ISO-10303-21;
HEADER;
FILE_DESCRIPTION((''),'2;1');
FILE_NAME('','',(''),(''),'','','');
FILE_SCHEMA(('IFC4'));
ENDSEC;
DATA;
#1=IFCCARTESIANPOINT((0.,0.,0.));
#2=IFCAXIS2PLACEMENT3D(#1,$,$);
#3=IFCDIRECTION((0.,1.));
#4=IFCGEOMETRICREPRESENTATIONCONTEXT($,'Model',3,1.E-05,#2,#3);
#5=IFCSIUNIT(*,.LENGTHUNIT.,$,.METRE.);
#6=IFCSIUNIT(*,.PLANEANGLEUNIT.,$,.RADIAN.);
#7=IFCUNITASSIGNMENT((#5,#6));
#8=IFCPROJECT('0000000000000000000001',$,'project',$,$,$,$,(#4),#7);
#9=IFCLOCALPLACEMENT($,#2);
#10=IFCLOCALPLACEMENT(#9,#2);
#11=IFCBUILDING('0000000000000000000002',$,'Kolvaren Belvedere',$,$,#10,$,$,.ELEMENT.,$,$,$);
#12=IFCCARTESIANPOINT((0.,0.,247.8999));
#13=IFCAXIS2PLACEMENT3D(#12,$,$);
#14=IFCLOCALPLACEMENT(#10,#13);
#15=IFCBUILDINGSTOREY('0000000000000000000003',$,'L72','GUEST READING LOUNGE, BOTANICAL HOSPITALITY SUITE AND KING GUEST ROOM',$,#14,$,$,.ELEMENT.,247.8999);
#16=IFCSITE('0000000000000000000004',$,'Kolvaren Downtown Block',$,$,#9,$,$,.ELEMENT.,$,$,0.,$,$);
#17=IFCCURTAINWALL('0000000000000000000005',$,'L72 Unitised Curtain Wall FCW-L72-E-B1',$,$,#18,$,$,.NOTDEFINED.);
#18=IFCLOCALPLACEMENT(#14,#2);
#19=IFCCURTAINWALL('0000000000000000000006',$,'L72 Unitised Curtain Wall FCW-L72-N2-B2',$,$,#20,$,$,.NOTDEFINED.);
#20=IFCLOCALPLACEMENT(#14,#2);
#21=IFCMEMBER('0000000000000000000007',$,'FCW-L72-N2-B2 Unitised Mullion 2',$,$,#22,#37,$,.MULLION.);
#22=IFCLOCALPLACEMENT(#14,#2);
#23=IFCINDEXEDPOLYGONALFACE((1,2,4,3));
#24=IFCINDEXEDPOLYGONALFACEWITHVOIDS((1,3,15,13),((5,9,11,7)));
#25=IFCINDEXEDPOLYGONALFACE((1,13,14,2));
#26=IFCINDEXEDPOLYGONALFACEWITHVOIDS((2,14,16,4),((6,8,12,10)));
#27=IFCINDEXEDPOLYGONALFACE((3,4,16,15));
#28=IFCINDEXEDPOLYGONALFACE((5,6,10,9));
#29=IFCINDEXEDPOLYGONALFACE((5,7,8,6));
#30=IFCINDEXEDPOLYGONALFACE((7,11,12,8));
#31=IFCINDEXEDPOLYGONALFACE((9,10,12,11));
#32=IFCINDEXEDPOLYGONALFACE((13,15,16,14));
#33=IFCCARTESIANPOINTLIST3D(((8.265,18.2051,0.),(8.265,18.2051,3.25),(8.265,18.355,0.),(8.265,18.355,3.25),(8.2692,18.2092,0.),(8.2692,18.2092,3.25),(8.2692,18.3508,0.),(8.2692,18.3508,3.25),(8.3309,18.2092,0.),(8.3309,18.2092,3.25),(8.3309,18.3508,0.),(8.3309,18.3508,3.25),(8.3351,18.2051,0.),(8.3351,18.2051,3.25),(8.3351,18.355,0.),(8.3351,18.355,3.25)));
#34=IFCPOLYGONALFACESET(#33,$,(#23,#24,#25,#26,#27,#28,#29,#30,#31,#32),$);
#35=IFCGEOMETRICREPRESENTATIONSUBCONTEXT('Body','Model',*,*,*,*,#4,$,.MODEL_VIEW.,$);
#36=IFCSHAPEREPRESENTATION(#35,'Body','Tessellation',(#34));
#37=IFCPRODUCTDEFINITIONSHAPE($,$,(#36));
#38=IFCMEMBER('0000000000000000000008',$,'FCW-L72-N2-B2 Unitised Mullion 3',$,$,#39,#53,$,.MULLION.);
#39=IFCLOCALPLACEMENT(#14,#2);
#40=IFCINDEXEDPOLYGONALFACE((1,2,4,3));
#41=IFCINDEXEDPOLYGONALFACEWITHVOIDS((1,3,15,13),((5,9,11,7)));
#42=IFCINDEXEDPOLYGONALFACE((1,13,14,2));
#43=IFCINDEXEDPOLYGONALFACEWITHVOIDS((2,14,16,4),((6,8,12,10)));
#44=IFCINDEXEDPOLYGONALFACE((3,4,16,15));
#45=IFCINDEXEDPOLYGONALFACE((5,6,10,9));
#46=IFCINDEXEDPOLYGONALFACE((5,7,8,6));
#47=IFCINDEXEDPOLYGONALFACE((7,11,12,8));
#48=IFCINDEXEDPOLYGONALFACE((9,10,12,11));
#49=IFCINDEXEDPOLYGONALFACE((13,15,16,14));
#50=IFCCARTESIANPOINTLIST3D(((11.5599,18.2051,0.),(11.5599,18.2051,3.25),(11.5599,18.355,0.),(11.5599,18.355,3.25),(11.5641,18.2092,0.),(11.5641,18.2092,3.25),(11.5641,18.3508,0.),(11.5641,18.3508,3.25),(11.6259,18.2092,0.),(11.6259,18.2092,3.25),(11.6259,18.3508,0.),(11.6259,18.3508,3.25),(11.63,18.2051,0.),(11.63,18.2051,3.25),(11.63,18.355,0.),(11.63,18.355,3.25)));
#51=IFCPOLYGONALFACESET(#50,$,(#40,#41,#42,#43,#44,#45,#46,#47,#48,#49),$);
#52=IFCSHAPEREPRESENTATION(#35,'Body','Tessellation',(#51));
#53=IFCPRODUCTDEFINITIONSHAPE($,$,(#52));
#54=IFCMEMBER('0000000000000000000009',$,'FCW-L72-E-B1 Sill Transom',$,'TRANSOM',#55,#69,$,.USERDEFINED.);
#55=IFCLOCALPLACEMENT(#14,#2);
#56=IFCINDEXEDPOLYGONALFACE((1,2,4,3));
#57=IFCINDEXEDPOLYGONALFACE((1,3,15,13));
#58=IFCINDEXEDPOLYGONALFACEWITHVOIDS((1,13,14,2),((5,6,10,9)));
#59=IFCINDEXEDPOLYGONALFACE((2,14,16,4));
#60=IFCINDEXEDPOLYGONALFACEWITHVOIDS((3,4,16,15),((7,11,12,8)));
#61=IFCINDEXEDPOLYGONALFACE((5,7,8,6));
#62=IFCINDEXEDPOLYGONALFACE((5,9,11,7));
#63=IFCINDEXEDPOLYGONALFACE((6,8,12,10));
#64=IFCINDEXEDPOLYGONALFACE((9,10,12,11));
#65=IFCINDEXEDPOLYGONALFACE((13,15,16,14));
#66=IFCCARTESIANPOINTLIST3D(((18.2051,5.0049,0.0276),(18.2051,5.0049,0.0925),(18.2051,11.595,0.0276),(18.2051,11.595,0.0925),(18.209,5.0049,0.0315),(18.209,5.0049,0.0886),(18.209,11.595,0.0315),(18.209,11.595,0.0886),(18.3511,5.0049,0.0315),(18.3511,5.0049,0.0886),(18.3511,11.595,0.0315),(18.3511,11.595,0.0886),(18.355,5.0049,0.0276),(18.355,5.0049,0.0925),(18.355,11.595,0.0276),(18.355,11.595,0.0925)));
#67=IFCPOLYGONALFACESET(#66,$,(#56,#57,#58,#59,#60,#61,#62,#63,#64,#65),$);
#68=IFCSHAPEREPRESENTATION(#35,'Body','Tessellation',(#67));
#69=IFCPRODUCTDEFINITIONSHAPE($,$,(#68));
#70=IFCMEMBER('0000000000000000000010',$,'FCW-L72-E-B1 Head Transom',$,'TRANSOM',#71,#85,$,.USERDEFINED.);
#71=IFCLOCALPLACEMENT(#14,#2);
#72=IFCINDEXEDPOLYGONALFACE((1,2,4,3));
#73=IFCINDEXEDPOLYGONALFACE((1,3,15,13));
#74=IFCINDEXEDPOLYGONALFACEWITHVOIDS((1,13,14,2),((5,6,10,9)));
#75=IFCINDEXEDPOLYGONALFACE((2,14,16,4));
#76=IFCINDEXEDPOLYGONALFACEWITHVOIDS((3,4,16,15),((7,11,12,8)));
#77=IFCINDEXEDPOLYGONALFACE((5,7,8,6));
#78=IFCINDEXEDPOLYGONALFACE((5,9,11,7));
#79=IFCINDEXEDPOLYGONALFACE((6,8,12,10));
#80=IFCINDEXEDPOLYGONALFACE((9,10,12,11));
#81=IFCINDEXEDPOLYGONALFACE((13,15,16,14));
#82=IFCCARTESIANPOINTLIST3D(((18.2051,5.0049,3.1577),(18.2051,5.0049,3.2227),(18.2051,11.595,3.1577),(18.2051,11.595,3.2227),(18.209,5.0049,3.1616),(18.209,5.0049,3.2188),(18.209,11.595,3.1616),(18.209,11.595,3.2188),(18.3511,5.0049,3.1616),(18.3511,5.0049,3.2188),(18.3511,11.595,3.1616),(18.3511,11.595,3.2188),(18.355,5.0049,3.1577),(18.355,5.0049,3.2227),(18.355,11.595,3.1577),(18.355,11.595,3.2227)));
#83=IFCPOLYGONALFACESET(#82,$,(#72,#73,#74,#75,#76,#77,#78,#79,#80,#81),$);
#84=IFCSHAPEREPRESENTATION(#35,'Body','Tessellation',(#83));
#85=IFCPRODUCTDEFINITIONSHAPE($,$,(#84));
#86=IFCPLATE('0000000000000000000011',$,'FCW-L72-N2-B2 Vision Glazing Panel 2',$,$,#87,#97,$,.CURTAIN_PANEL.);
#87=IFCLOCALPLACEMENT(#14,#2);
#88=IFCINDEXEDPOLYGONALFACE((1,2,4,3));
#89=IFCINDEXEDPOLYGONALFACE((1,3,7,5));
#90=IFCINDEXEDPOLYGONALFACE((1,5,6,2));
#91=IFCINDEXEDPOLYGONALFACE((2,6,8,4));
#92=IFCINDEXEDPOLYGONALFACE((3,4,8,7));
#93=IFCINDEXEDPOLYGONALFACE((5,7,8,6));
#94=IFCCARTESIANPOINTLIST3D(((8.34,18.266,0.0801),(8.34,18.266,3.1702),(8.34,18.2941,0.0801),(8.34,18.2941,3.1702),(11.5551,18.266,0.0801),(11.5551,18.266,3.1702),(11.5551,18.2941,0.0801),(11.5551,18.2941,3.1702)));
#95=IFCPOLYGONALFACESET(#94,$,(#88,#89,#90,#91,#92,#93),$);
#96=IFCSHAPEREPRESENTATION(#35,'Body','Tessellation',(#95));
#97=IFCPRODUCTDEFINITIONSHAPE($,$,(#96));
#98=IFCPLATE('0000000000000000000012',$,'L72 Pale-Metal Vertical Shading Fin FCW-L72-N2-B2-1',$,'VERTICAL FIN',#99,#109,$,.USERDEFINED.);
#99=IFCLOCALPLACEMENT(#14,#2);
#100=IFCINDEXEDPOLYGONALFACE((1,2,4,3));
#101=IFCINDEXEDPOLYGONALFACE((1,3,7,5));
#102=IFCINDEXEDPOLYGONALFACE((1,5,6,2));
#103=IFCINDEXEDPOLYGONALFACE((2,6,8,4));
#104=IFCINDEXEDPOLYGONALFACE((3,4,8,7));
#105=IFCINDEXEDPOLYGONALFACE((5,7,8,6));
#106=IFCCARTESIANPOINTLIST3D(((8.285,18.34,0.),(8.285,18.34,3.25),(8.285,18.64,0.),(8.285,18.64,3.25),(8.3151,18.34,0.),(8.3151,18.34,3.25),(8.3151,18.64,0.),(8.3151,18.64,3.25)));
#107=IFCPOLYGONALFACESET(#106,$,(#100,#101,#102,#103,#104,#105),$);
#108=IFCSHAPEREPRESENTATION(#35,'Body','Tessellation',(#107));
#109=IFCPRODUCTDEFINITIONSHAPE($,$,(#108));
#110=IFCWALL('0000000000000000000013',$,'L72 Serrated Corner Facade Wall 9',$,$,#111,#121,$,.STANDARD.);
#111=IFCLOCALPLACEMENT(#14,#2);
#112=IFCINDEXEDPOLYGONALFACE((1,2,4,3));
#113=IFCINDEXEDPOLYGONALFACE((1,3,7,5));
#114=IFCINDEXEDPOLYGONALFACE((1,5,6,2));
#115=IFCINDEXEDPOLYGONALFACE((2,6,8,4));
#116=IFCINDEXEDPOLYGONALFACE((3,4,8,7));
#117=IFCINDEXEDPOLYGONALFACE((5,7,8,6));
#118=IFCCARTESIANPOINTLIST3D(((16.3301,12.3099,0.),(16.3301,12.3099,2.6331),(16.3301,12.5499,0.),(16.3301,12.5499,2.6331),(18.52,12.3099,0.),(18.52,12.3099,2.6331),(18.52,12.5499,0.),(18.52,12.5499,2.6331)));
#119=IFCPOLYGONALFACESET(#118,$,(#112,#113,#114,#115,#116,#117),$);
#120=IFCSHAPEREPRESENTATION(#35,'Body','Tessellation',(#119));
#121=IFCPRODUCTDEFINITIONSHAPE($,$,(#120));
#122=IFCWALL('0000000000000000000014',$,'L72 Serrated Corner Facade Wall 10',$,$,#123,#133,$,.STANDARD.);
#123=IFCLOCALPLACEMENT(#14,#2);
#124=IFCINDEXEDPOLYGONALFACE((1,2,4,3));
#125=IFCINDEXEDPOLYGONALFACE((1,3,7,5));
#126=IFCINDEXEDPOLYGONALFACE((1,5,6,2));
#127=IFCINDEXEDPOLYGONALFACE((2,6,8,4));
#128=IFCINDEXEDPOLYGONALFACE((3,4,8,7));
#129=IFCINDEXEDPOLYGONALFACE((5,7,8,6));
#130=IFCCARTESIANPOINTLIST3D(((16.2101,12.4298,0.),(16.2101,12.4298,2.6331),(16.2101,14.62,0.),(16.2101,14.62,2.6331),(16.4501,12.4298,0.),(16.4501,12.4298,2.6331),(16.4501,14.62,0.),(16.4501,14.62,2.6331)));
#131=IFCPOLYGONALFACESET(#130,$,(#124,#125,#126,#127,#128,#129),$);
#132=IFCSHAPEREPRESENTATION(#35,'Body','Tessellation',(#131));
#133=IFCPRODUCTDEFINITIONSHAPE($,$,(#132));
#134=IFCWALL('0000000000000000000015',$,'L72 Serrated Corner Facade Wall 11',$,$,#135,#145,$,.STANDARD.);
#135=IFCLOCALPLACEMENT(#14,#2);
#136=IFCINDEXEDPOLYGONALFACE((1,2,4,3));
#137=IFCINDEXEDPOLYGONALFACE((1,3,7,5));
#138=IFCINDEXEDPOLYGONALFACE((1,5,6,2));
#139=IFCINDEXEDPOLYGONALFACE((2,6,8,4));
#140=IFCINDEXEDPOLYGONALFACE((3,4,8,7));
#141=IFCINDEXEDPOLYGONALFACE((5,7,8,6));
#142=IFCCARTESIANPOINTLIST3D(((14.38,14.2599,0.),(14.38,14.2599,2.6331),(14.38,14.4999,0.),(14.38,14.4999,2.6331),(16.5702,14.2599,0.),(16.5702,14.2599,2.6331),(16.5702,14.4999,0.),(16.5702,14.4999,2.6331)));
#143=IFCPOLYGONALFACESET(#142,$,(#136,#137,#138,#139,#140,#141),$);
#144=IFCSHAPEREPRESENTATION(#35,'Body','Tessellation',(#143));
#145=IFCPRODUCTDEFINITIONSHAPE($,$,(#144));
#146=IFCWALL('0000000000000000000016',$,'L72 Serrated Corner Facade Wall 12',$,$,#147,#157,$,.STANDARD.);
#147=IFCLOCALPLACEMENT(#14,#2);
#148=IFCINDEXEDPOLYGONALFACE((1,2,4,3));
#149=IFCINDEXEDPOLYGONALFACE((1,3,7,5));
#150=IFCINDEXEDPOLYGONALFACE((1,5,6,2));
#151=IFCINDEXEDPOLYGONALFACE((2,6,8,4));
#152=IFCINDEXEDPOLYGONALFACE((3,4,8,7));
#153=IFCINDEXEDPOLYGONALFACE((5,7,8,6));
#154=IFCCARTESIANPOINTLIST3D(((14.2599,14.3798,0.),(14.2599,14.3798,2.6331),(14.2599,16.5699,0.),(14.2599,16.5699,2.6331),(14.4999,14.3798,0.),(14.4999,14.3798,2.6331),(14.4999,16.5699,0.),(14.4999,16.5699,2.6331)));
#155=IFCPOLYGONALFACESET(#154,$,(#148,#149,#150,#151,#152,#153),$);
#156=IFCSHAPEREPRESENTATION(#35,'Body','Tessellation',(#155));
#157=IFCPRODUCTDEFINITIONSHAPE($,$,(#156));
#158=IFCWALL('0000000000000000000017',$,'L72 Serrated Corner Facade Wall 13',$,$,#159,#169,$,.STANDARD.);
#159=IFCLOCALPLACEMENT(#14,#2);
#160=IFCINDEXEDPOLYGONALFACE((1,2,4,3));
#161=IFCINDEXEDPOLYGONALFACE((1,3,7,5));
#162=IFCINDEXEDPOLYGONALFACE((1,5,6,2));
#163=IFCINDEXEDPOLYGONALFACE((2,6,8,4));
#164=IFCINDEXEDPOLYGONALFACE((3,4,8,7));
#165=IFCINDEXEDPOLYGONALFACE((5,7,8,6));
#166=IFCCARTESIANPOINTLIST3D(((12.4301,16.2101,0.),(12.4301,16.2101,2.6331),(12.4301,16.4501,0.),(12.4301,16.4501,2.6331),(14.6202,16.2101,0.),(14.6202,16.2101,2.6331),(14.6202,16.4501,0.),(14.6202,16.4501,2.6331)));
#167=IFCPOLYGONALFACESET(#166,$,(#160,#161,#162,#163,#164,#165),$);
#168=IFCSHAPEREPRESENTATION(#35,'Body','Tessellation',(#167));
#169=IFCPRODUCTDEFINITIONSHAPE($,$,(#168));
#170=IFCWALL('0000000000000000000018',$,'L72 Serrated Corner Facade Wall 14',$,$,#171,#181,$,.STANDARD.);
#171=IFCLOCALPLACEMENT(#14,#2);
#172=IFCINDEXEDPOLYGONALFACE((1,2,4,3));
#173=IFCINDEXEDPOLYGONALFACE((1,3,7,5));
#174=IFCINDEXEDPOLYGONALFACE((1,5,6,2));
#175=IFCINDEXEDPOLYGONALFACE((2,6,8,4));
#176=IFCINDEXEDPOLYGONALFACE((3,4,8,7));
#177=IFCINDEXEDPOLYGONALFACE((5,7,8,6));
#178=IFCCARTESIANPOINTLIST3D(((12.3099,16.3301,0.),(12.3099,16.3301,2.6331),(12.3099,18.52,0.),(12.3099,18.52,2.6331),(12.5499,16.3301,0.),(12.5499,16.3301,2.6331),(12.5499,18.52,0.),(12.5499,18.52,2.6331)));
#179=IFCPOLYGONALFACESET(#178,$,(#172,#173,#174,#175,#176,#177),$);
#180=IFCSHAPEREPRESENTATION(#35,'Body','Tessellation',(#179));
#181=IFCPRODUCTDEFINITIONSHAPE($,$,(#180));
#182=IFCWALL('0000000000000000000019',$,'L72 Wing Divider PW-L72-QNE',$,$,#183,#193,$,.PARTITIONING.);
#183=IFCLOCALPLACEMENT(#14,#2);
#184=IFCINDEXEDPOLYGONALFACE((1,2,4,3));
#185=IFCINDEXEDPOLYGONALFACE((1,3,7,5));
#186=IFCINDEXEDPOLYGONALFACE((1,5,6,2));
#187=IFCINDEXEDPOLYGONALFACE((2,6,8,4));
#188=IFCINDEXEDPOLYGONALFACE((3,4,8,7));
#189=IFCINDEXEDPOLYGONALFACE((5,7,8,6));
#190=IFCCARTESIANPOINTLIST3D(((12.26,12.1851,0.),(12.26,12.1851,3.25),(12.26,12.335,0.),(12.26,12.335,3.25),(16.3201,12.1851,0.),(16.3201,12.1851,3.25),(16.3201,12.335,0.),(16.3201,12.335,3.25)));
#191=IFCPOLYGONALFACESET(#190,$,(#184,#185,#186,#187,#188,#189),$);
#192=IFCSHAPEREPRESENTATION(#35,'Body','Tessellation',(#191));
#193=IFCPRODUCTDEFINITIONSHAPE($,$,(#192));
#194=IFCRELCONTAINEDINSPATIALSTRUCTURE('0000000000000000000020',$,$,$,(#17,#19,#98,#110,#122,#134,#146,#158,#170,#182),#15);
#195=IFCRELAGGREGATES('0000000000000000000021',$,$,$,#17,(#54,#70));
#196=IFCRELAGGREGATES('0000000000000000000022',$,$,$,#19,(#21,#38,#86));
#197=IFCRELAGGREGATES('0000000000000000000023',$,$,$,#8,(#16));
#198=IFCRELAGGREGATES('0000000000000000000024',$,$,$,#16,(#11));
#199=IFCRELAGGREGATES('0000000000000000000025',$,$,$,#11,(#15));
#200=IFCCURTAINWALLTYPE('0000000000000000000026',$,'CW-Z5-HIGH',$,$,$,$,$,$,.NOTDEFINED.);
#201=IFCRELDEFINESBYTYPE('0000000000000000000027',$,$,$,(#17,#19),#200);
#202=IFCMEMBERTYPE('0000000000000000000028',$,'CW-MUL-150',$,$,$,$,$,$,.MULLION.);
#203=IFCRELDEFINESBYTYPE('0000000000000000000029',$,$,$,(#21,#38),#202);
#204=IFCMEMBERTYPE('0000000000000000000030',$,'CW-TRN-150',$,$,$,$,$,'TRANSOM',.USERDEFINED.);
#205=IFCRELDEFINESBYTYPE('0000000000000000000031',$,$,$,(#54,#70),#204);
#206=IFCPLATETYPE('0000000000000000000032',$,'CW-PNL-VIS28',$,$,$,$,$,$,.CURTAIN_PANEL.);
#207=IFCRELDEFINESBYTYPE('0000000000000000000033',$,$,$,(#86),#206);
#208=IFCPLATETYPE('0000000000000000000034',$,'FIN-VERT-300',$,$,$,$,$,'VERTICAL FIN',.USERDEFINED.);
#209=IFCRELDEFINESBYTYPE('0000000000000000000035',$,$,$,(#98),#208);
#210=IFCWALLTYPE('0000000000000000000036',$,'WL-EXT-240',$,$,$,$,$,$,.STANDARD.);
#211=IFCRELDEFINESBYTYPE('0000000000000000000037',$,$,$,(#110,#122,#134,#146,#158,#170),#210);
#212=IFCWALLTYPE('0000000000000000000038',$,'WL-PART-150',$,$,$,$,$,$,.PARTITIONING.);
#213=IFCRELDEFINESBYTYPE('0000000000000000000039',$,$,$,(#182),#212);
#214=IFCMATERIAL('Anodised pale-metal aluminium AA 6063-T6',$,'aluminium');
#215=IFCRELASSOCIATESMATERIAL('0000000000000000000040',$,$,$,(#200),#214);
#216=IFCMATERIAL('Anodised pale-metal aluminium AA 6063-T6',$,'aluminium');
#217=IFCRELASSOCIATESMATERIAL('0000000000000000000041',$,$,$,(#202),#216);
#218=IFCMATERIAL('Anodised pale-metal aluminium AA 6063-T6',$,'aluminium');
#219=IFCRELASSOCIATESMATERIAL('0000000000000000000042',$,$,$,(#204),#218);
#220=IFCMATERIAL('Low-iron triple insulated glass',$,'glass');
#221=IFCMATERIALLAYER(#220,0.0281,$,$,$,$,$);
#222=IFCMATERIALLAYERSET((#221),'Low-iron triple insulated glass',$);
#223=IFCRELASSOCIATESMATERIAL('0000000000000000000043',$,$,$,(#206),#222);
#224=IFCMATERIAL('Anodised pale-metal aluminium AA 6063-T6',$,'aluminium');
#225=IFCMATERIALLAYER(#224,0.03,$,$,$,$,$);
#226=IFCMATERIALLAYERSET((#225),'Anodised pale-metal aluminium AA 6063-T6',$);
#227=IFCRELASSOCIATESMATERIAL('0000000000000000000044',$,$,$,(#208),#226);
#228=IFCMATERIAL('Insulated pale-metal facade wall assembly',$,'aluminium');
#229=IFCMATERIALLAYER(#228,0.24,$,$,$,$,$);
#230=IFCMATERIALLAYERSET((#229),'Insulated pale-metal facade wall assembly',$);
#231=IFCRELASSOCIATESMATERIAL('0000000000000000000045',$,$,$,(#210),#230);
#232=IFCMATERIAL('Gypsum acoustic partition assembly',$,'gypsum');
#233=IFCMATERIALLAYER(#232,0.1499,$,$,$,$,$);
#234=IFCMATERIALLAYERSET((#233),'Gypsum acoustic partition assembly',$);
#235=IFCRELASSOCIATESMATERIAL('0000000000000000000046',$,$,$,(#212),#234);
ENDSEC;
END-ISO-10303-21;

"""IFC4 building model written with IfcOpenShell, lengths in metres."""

from ifc_helpers import new_model, si_unit, direction, frame, frame_2d, origin, origin_2d, place, context, subcontext, project, spatial, rectangle, hollow_rectangle, extrude, material, layer, layer_set, material_profile, profile_set, type_object, element, aggregate, save


model = new_model("IFC4")

# Units and contexts
model_context = context("Model", 3, precision=1e-05, world=origin(), true_north=direction((0.0, 1.0)))
body_context = subcontext(model_context, "Body", "Model", "MODEL_VIEW")
ifc_project = project(units=[si_unit("LENGTHUNIT", "METRE"), si_unit("PLANEANGLEUNIT", "RADIAN")], contexts=[model_context])

# Site, building, storey
site_placement = place(None, origin())
site = spatial("IfcSite", under=ifc_project, at=site_placement, Name="Kolvaren Downtown Block", CompositionType="ELEMENT", RefElevation=0.0)
building_placement = place(site_placement, origin())
building = spatial("IfcBuilding", under=site, at=building_placement, Name="Kolvaren Belvedere", CompositionType="ELEMENT")
storey_placement = place(building_placement, frame((0.0, 0.0, 247.8999)))
storey = spatial("IfcBuildingStorey", under=building, at=storey_placement, Name="L72", Description="GUEST READING LOUNGE, BOTANICAL HOSPITALITY SUITE AND KING GUEST ROOM", CompositionType="ELEMENT", Elevation=247.8999)

# Curtain wall
ifc_material_1 = material(Name="Anodised pale-metal aluminium AA 6063-T6", Category="aluminium")
curtain_wall_type = type_object("IfcCurtainWallType", Name="CW-Z5-HIGH", PredefinedType="NOTDEFINED", material=ifc_material_1)
curtain_wall_1_placement = place(storey_placement, origin())
curtain_wall_1 = element("IfcCurtainWall", 1, at=curtain_wall_1_placement, inside=storey, type_object=curtain_wall_type, Name="L72 Unitised Curtain Wall FCW-L72-E-B1", PredefinedType="NOTDEFINED")
ifc_material_2 = material(Name="Anodised pale-metal aluminium AA 6063-T6", Category="aluminium")
ifc_material_profile_1 = material_profile(ifc_material_2, hollow_rectangle(XDim=0.0701, YDim=0.1499, WallThickness=0.0042, at=origin_2d()), Name="ALU-MUL-150X70")
ifc_profile_set_1 = profile_set([ifc_material_profile_1], Name="Anodised pale-metal aluminium AA 6063-T6")
member_type_1 = type_object("IfcMemberType", Name="CW-MUL-150", PredefinedType="MULLION", material=ifc_profile_set_1)

# Curtain wall, members
curtain_wall_2_placement = place(storey_placement, origin())
curtain_wall_2 = element("IfcCurtainWall", 2, at=curtain_wall_2_placement, inside=storey, type_object=curtain_wall_type, Name="L72 Unitised Curtain Wall FCW-L72-N2-B2", PredefinedType="NOTDEFINED")
member_1_placement = place(storey_placement, frame((8.3, 18.28, 0.0), z_axis=(0.0, 0.0, 1.0), x_axis=(1.0, 0.0, 0.0)))
member_1 = element("IfcMember", 3, at=member_1_placement, type_object=member_type_1, Name="FCW-L72-N2-B2 Unitised Mullion 2", PredefinedType="MULLION", context=body_context, shape_type="SweptSolid", body=[
    extrude(hollow_rectangle(XDim=0.0701, YDim=0.1499, WallThickness=0.0042, at=origin_2d()), origin(), (0.0, 0.0, 1.0), 3.25),
])
member_2_placement = place(storey_placement, frame((11.595, 18.28, 0.0), z_axis=(0.0, 0.0, 1.0), x_axis=(1.0, 0.0, 0.0)))
member_2 = element("IfcMember", 4, at=member_2_placement, type_object=member_type_1, Name="FCW-L72-N2-B2 Unitised Mullion 3", PredefinedType="MULLION", context=body_context, shape_type="SweptSolid", body=[
    extrude(hollow_rectangle(XDim=0.0701, YDim=0.1499, WallThickness=0.0042, at=origin_2d()), origin(), (0.0, 0.0, 1.0), 3.25),
])

# Members
ifc_material_3 = material(Name="Anodised pale-metal aluminium AA 6063-T6", Category="aluminium")
ifc_material_profile_2 = material_profile(ifc_material_3, hollow_rectangle(XDim=0.0649, YDim=0.1499, WallThickness=0.0039, at=origin_2d()), Name="ALU-TRN-150X65")
ifc_profile_set_2 = profile_set([ifc_material_profile_2], Name="Anodised pale-metal aluminium AA 6063-T6")
member_type_2 = type_object("IfcMemberType", Name="CW-TRN-150", ElementType="TRANSOM", PredefinedType="USERDEFINED", material=ifc_profile_set_2)
member_3_placement = place(storey_placement, frame((18.28, 11.595, 0.0601), z_axis=(0.0, -1.0, 0.0), x_axis=(0.0, 0.0, 1.0)))
member_3 = element("IfcMember", 5, at=member_3_placement, type_object=member_type_2, Name="FCW-L72-E-B1 Sill Transom", ObjectType="TRANSOM", PredefinedType="USERDEFINED", context=body_context, shape_type="SweptSolid", body=[
    extrude(hollow_rectangle(XDim=0.0649, YDim=0.1499, WallThickness=0.0039, at=origin_2d()), origin(), (0.0, 0.0, 1.0), 6.5901),
])
member_4_placement = place(storey_placement, frame((18.28, 11.595, 3.1902), z_axis=(0.0, -1.0, 0.0), x_axis=(0.0, 0.0, 1.0)))
member_4 = element("IfcMember", 6, at=member_4_placement, type_object=member_type_2, Name="FCW-L72-E-B1 Head Transom", ObjectType="TRANSOM", PredefinedType="USERDEFINED", context=body_context, shape_type="SweptSolid", body=[
    extrude(hollow_rectangle(XDim=0.0649, YDim=0.1499, WallThickness=0.0039, at=origin_2d()), origin(), (0.0, 0.0, 1.0), 6.5901),
])
aggregate(curtain_wall_1, [member_3, member_4])

# Plates
ifc_material_4 = material(Name="Low-iron triple insulated glass", Category="glass")
ifc_layer_1 = layer(ifc_material_4, 0.0281)
ifc_layer_set_1 = layer_set([ifc_layer_1], Name="Low-iron triple insulated glass")
plate_type_1 = type_object("IfcPlateType", Name="CW-PNL-VIS28", PredefinedType="CURTAIN_PANEL", material=ifc_layer_set_1)
plate_1_placement = place(storey_placement, frame((9.9475, 18.28, 0.0801), z_axis=(0.0, 0.0, 1.0), x_axis=(1.0, 0.0, 0.0)))
plate_1 = element("IfcPlate", 7, at=plate_1_placement, type_object=plate_type_1, Name="FCW-L72-N2-B2 Vision Glazing Panel 2", PredefinedType="CURTAIN_PANEL", context=body_context, shape_type="SweptSolid", body=[
    extrude(rectangle(XDim=3.2151, YDim=0.0281, at=origin_2d()), origin(), (0.0, 0.0, 1.0), 3.0901),
])
aggregate(curtain_wall_2, [member_1, member_2, plate_1])
ifc_material_5 = material(Name="Anodised pale-metal aluminium AA 6063-T6", Category="aluminium")
ifc_layer_2 = layer(ifc_material_5, 0.03)
ifc_layer_set_2 = layer_set([ifc_layer_2], Name="Anodised pale-metal aluminium AA 6063-T6")
plate_type_2 = type_object("IfcPlateType", Name="FIN-VERT-300", ElementType="VERTICAL FIN", PredefinedType="USERDEFINED", material=ifc_layer_set_2)
plate_2_placement = place(storey_placement, frame((8.3, 18.49, 0.0), z_axis=(0.0, 0.0, 1.0), x_axis=(0.0, 1.0, 0.0)))
element("IfcPlate", 8, at=plate_2_placement, inside=storey, type_object=plate_type_2, Name="L72 Pale-Metal Vertical Shading Fin FCW-L72-N2-B2-1", ObjectType="VERTICAL FIN", PredefinedType="USERDEFINED", context=body_context, shape_type="SweptSolid", body=[
    extrude(rectangle(XDim=0.3, YDim=0.03, at=origin_2d()), origin(), (0.0, 0.0, 1.0), 3.25),
])

# Walls
ifc_material_6 = material(Name="Insulated pale-metal facade wall assembly", Category="aluminium")
ifc_layer_3 = layer(ifc_material_6, 0.24)
ifc_layer_set_3 = layer_set([ifc_layer_3], Name="Insulated pale-metal facade wall assembly")
wall_type_1 = type_object("IfcWallType", Name="WL-EXT-240", PredefinedType="STANDARD", material=ifc_layer_set_3)
wall_1_placement = place(storey_placement, frame((16.3301, 12.4299, 0.0), z_axis=(0.0, 0.0, 1.0), x_axis=(1.0, 0.0, 0.0)))
element("IfcWall", 9, at=wall_1_placement, inside=storey, type_object=wall_type_1, Name="L72 Serrated Corner Facade Wall 9", PredefinedType="STANDARD", context=body_context, shape_type="SweptSolid", body=[
    extrude(rectangle(XDim=2.1899, YDim=0.24, at=frame_2d((1.095, 0.0))), origin(), (0.0, 0.0, 1.0), 2.6331),
])
for number, where, z_axis, x_axis, name in (
    (10, (16.3301, 14.6201, 0.0), (0.0, 0.0, 1.0), (0.0, -1.0, 0.0), "L72 Serrated Corner Facade Wall 10"),
    (11, (14.3799, 14.3799, 0.0), (0.0, 0.0, 1.0), (1.0, 0.0, 0.0), "L72 Serrated Corner Facade Wall 11"),
    (12, (14.3799, 16.5701, 0.0), (0.0, 0.0, 1.0), (0.0, -1.0, 0.0), "L72 Serrated Corner Facade Wall 12"),
    (13, (12.4299, 16.3301, 0.0), (0.0, 0.0, 1.0), (1.0, 0.0, 0.0), "L72 Serrated Corner Facade Wall 13"),
):
    element("IfcWall", number, at=place(storey_placement, frame(where, z_axis=z_axis, x_axis=x_axis)), inside=storey, type_object=wall_type_1, Name=name, PredefinedType="STANDARD", context=body_context, shape_type="SweptSolid", body=[
        extrude(rectangle(XDim=2.1902, YDim=0.24, at=frame_2d((1.0952, 0.0))), origin(), (0.0, 0.0, 1.0), 2.6331),
    ])
wall_2_placement = place(storey_placement, frame((12.4299, 18.52, 0.0), z_axis=(0.0, 0.0, 1.0), x_axis=(0.0, -1.0, 0.0)))
element("IfcWall", 14, at=wall_2_placement, inside=storey, type_object=wall_type_1, Name="L72 Serrated Corner Facade Wall 14", PredefinedType="STANDARD", context=body_context, shape_type="SweptSolid", body=[
    extrude(rectangle(XDim=2.1899, YDim=0.24, at=frame_2d((1.095, 0.0))), origin(), (0.0, 0.0, 1.0), 2.6331),
])
ifc_material_7 = material(Name="Gypsum acoustic partition assembly", Category="gypsum")
ifc_layer_4 = layer(ifc_material_7, 0.1499)
ifc_layer_set_4 = layer_set([ifc_layer_4], Name="Gypsum acoustic partition assembly")
wall_type_2 = type_object("IfcWallType", Name="WL-PART-150", PredefinedType="PARTITIONING", material=ifc_layer_set_4)
wall_3_placement = place(storey_placement, frame((12.26, 12.26, 0.0), z_axis=(0.0, 0.0, 1.0), x_axis=(1.0, 0.0, 0.0)))
element("IfcWall", 15, at=wall_3_placement, inside=storey, type_object=wall_type_2, Name="L72 Wing Divider PW-L72-QNE", PredefinedType="PARTITIONING", context=body_context, shape_type="SweptSolid", body=[
    extrude(rectangle(XDim=4.0601, YDim=0.1499, at=frame_2d((2.03, 0.0))), origin(), (0.0, 0.0, 1.0), 3.25),
])

save(model, "model.ifc")
